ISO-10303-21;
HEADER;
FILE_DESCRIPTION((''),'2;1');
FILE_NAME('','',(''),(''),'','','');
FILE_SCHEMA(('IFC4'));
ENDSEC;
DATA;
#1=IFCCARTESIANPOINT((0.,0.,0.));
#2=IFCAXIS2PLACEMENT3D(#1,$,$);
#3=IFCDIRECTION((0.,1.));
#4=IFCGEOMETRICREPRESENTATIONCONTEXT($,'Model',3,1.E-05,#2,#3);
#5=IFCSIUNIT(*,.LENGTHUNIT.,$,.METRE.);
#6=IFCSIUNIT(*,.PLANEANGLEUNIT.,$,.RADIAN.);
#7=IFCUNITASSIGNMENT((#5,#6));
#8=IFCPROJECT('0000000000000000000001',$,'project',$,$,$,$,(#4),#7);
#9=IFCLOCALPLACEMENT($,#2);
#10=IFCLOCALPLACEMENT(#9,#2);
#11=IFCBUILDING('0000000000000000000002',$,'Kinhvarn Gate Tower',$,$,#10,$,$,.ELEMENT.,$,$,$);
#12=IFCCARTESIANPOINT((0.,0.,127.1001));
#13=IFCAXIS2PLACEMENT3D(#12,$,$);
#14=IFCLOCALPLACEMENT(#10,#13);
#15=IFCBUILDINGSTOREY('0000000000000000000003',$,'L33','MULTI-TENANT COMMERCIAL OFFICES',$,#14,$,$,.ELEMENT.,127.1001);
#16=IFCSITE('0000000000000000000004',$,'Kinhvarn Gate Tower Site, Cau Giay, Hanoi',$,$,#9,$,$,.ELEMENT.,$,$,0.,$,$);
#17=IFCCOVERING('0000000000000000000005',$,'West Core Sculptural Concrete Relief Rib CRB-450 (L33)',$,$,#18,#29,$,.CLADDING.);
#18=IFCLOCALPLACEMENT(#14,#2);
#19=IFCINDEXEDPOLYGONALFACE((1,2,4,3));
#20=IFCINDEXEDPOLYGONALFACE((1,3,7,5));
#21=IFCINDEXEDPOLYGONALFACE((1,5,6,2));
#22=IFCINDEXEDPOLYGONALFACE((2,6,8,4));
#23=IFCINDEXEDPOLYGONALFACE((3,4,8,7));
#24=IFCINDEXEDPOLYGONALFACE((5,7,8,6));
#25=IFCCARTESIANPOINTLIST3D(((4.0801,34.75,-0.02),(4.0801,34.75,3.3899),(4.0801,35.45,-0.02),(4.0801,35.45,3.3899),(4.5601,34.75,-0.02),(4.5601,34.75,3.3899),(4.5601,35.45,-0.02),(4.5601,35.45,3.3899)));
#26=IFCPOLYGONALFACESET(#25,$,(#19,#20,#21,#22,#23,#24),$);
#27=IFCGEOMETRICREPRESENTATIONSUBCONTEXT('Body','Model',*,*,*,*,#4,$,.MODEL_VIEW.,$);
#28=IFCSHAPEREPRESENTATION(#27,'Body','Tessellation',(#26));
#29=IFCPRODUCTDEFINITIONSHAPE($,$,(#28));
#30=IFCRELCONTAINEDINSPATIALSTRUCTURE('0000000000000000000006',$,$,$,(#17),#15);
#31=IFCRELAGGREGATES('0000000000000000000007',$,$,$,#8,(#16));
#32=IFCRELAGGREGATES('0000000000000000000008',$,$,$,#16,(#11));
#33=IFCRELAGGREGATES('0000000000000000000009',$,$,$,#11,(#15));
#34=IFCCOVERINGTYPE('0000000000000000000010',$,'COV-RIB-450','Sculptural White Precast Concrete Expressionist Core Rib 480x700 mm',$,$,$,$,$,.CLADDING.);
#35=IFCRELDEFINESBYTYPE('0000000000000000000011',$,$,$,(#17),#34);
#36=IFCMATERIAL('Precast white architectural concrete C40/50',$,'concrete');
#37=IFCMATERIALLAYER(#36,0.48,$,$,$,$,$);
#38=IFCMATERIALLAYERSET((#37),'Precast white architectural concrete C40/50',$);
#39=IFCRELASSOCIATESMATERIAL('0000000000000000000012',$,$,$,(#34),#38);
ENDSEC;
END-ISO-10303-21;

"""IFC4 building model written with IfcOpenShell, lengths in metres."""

from ifc_helpers import new_model, si_unit, direction, frame, origin, place, context, subcontext, project, spatial, polyline, outline, extrude, material, layer, layer_set, type_object, element, save


model = new_model("IFC4")

# Units and contexts
model_context = context("Model", 3, precision=1e-05, world=origin(), true_north=direction((0.0, 1.0)))
body_context = subcontext(model_context, "Body", "Model", "MODEL_VIEW")
ifc_project = project(units=[si_unit("LENGTHUNIT", "METRE"), si_unit("PLANEANGLEUNIT", "RADIAN")], contexts=[model_context])

# Site, building, storey
site_placement = place(None, origin())
site = spatial("IfcSite", under=ifc_project, at=site_placement, Name="Kinhvarn Gate Tower Site, Cau Giay, Hanoi", CompositionType="ELEMENT", RefElevation=0.0)
building_placement = place(site_placement, origin())
building = spatial("IfcBuilding", under=site, at=building_placement, Name="Kinhvarn Gate Tower", CompositionType="ELEMENT")
storey_placement = place(building_placement, frame((0.0, 0.0, 127.1001)))
storey = spatial("IfcBuildingStorey", under=building, at=storey_placement, Name="L33", Description="MULTI-TENANT COMMERCIAL OFFICES", CompositionType="ELEMENT", Elevation=127.1001)

# Shared definitions
ifc_material_1 = material(Name="Precast white architectural concrete C40/50", Category="concrete")

# Covering
ifc_layer_1 = layer(ifc_material_1, 0.48)
ifc_layer_set_1 = layer_set([ifc_layer_1], Name="Precast white architectural concrete C40/50")
covering_type_1 = type_object("IfcCoveringType", Name="COV-RIB-450", Description="Sculptural White Precast Concrete Expressionist Core Rib 480x700 mm", PredefinedType="CLADDING", material=ifc_layer_set_1)
covering_1_placement = place(storey_placement, frame((0.0, 0.0, -0.02)))
element("IfcCovering", 1, at=covering_1_placement, inside=storey, type_object=covering_type_1, Name="West Core Sculptural Concrete Relief Rib CRB-450 (L33)", PredefinedType="CLADDING", context=body_context, shape_type="SweptSolid", body=[
    extrude(outline(polyline([(4.0801, 34.75), (4.5601, 34.75), (4.5601, 35.45), (4.0801, 35.45), (4.0801, 34.75)])), origin(), (0.0, 0.0, 1.0), 3.4099),
])

save(model, "model.ifc")
